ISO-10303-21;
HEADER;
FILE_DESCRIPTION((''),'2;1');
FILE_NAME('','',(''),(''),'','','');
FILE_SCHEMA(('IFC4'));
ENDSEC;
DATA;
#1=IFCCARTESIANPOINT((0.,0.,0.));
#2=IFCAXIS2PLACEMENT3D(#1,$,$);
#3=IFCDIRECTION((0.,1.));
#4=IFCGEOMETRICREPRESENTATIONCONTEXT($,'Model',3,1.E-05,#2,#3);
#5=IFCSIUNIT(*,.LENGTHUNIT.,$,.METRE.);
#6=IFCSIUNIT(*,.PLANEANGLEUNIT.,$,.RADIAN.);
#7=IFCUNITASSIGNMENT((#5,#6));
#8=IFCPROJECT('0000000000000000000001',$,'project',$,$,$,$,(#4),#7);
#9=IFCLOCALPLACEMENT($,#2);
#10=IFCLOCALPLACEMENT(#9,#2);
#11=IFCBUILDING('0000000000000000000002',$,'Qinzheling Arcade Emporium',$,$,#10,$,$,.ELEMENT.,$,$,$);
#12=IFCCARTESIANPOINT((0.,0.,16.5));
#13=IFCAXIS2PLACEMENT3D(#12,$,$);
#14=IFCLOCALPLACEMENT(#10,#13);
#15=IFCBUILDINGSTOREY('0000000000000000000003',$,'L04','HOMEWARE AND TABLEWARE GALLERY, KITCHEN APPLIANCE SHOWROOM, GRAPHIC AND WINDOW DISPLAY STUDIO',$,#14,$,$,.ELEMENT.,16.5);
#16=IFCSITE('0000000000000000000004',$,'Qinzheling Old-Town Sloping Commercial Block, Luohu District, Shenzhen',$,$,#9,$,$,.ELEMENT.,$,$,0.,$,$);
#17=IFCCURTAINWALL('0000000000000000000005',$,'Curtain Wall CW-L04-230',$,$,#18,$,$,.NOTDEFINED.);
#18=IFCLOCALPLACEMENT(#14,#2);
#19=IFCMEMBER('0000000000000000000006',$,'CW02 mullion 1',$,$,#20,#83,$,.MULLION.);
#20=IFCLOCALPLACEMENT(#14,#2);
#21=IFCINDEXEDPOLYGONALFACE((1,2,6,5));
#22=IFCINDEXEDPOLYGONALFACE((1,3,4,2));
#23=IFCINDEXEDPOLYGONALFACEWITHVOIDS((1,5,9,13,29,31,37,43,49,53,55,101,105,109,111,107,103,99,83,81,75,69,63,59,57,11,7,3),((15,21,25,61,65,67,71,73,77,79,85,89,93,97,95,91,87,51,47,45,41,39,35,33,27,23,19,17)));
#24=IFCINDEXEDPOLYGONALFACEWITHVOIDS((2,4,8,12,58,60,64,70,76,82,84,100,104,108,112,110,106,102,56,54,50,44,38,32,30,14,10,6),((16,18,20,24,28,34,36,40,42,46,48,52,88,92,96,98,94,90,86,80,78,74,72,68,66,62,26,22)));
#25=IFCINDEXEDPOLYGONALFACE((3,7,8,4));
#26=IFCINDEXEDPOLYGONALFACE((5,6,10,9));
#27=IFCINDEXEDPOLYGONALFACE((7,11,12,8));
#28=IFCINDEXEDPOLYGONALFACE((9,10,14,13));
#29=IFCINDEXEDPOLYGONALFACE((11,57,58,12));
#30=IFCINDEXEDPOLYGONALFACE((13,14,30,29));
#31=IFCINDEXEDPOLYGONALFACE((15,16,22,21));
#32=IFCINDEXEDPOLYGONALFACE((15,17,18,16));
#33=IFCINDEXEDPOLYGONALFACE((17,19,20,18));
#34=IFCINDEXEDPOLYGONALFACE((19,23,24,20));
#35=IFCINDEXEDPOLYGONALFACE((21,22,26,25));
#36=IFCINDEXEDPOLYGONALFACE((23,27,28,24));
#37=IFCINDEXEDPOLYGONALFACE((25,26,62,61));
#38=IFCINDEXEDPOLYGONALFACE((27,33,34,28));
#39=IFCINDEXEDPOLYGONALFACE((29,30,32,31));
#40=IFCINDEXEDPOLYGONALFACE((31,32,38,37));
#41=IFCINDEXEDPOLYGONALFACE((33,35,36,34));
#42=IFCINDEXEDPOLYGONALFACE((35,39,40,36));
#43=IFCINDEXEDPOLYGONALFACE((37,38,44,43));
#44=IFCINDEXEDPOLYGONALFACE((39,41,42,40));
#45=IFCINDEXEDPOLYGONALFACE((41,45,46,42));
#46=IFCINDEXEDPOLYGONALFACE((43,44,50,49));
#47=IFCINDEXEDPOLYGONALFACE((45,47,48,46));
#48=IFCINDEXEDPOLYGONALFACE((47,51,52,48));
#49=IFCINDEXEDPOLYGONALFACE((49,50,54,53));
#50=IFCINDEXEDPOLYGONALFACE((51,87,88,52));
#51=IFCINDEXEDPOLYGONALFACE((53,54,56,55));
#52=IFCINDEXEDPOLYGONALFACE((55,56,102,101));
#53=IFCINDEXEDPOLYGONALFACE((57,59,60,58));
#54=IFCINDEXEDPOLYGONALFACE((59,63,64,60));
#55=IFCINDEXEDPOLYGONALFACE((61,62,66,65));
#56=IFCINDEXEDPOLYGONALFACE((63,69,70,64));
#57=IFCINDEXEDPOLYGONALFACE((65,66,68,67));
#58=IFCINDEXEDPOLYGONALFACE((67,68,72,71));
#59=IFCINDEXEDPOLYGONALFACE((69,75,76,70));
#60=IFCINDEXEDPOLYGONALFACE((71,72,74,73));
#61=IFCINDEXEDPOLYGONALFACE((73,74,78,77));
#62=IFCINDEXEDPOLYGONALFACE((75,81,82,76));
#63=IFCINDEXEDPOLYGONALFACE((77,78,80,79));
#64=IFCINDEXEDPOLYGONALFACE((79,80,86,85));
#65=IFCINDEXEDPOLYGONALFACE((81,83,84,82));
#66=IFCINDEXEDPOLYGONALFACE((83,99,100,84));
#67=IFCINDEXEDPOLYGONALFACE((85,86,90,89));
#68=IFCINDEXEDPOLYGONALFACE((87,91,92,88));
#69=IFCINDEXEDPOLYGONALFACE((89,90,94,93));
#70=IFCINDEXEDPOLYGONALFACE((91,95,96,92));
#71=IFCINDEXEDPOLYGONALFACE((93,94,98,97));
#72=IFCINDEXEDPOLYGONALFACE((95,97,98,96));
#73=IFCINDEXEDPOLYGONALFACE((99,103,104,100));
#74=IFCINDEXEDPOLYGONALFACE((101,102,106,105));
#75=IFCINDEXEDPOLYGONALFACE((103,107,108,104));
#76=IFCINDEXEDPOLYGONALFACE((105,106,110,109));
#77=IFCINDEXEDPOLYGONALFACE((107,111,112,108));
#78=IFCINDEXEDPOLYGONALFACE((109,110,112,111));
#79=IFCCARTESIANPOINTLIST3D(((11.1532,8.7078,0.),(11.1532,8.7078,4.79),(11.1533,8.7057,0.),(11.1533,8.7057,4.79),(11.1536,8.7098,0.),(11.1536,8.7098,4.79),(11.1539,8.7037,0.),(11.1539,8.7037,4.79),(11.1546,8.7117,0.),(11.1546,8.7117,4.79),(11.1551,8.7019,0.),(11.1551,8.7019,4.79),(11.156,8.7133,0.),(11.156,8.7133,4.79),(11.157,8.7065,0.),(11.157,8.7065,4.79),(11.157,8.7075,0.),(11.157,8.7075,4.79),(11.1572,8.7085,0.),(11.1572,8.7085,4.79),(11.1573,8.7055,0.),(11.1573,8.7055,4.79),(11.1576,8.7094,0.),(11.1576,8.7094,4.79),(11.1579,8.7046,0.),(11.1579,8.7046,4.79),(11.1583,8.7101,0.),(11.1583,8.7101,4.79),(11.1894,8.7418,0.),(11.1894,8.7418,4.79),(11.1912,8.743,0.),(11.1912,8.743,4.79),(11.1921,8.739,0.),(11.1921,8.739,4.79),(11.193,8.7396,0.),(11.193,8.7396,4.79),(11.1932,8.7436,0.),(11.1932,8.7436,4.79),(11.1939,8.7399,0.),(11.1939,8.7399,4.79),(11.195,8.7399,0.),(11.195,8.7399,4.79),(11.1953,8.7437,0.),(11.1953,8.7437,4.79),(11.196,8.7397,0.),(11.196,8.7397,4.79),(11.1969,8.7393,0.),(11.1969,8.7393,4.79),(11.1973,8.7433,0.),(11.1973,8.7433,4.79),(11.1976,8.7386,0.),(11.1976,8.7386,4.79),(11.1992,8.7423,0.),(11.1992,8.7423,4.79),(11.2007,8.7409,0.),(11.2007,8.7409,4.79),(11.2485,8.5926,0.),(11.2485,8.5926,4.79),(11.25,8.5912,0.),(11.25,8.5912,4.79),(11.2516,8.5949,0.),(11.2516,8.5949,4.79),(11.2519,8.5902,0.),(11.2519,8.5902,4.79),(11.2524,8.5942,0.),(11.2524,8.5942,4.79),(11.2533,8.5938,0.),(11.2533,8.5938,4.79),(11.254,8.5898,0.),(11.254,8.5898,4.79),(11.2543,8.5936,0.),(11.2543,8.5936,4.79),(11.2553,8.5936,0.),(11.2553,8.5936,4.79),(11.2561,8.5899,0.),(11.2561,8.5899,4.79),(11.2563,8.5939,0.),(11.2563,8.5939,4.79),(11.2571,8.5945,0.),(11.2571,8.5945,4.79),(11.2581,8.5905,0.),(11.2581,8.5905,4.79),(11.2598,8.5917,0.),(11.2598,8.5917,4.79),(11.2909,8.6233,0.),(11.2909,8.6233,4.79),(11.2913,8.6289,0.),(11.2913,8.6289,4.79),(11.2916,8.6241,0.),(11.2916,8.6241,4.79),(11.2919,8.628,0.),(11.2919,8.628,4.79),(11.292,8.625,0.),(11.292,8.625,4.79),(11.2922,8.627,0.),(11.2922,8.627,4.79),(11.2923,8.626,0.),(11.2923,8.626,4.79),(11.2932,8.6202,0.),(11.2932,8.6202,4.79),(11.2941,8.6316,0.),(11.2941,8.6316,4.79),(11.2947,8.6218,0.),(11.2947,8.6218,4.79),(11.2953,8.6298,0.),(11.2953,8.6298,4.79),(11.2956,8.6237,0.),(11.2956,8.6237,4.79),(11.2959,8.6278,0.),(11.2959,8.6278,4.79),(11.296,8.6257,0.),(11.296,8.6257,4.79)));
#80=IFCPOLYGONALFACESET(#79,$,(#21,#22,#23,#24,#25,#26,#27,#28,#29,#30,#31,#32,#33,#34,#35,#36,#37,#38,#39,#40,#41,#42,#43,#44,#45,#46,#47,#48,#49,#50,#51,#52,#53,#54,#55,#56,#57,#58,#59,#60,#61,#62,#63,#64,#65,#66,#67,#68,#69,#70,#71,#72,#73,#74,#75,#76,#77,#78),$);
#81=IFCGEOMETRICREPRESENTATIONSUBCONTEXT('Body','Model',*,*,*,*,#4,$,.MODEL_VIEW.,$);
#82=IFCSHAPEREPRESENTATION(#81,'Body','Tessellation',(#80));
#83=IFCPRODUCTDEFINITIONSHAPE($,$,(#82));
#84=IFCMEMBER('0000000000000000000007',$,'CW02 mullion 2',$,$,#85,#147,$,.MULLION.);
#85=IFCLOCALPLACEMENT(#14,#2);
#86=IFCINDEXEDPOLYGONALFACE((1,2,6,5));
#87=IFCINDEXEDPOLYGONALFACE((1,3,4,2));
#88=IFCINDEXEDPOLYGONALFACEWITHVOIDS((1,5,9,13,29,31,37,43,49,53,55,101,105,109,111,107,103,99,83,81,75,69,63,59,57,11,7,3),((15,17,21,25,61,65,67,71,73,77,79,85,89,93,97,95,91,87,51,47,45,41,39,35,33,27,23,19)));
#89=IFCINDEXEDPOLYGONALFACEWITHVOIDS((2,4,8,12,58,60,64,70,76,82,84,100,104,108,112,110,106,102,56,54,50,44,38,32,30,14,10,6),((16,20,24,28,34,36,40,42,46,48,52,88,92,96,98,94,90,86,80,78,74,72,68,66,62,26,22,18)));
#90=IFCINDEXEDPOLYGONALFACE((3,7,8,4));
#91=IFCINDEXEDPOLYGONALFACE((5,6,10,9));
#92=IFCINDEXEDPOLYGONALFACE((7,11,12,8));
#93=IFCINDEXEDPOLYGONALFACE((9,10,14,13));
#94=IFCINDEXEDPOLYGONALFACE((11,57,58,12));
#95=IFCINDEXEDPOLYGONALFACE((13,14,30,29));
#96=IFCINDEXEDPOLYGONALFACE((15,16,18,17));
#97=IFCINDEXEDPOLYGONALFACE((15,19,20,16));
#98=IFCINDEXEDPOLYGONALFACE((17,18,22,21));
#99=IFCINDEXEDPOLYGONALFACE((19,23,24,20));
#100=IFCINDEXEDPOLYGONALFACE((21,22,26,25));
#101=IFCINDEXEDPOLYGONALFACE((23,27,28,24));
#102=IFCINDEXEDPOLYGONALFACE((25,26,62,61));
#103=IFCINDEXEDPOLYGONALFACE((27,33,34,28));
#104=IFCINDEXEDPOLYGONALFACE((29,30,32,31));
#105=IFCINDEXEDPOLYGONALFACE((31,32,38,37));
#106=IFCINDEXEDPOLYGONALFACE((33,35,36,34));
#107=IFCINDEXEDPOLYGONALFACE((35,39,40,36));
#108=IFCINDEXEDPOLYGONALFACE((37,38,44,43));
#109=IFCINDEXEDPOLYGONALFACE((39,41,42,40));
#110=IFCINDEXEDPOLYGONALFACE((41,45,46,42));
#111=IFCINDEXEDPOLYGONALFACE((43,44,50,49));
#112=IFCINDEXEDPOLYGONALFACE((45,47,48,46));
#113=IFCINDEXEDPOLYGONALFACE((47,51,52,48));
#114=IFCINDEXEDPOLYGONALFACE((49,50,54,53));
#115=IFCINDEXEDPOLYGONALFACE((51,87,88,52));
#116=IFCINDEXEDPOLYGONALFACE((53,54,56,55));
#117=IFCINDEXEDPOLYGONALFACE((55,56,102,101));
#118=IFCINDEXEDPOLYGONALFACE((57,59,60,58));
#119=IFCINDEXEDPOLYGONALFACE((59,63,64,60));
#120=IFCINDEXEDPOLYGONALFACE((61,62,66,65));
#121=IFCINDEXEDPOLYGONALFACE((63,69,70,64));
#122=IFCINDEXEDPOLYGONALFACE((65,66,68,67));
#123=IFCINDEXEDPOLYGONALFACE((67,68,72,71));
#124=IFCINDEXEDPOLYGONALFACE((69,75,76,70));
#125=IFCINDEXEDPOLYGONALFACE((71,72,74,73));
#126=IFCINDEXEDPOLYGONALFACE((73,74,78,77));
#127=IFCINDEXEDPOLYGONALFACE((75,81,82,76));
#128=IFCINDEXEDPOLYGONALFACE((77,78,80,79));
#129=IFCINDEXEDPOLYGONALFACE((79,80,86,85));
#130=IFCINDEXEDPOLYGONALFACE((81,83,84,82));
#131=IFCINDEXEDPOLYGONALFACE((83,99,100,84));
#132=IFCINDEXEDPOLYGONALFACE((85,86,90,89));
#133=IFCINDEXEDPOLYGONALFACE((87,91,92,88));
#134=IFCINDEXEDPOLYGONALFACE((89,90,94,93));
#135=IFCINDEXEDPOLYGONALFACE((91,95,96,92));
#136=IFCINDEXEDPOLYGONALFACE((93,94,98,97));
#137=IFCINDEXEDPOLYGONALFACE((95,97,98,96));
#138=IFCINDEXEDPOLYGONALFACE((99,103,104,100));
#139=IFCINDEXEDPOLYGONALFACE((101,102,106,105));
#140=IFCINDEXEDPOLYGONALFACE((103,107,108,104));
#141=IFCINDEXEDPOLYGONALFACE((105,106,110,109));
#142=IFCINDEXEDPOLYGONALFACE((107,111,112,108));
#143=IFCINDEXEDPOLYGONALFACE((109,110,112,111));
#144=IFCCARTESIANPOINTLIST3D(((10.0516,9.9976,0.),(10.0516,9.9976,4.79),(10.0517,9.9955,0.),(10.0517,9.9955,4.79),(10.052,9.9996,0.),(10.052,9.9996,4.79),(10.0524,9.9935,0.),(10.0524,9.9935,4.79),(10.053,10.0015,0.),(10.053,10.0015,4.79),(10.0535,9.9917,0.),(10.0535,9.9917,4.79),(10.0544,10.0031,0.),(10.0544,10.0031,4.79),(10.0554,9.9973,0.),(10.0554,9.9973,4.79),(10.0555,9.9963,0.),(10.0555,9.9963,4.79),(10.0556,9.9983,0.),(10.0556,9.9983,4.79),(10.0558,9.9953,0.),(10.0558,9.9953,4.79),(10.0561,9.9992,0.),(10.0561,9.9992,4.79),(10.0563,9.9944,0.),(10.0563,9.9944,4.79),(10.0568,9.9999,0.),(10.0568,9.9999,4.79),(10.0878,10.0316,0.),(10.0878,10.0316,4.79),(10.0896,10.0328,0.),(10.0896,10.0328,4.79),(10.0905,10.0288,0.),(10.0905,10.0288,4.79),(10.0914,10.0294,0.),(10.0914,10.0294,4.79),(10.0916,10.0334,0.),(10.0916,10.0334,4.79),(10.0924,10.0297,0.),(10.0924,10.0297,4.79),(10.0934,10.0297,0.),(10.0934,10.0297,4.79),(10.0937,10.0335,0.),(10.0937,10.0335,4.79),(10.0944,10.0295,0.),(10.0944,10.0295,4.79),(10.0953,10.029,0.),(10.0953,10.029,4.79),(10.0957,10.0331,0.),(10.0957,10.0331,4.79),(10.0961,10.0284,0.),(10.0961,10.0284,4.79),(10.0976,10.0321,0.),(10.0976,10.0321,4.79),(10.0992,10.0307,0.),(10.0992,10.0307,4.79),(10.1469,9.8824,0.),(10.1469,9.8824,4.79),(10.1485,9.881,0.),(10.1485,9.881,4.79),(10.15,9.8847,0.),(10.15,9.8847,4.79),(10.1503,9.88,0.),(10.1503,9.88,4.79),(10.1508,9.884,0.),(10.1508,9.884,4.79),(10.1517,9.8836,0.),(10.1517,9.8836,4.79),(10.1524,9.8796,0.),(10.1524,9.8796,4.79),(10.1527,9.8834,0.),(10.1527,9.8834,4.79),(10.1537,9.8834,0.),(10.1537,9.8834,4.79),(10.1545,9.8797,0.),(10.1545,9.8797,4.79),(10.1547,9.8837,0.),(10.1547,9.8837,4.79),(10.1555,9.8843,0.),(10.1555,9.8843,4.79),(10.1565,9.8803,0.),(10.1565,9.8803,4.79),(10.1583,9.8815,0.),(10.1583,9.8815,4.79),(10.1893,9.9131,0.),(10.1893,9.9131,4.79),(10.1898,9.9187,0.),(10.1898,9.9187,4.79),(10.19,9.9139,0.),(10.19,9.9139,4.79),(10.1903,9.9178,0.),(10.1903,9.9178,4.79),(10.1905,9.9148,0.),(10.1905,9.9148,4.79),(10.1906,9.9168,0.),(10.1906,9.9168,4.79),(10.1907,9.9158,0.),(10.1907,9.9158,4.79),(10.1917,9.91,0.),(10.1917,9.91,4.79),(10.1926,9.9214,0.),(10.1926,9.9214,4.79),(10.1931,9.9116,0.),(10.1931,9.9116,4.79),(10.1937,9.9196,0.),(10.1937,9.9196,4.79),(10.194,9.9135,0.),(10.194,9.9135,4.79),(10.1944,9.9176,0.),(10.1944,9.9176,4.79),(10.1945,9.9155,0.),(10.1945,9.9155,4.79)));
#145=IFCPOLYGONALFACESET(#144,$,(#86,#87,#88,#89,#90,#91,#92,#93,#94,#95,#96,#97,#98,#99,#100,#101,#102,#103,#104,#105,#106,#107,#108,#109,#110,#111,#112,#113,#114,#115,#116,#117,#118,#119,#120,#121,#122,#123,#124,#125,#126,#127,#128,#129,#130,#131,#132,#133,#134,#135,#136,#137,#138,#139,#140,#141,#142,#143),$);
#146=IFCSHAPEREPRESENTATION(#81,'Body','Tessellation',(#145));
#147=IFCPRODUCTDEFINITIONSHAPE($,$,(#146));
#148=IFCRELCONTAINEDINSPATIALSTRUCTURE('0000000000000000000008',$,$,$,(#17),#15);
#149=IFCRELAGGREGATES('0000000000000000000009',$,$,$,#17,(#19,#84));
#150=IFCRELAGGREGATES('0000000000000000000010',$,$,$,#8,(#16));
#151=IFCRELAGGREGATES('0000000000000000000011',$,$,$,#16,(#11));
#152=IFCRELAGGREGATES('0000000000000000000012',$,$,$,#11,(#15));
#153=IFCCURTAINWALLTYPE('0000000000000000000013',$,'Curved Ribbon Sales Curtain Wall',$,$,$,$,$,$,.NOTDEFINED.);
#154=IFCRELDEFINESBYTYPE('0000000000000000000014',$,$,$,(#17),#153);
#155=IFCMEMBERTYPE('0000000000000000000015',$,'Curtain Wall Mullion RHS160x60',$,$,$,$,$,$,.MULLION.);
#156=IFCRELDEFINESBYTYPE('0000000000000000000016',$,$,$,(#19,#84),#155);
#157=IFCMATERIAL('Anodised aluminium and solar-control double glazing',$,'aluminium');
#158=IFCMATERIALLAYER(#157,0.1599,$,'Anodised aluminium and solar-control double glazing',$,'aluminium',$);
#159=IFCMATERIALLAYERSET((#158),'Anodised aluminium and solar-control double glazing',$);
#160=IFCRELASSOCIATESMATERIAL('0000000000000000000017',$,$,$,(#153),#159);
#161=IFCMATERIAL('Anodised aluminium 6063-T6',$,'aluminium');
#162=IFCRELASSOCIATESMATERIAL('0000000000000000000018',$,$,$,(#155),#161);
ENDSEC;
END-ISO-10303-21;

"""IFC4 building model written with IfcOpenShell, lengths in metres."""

from ifc_helpers import new_model, si_unit, direction, frame, origin, origin_2d, place, context, subcontext, project, spatial, hollow_rectangle, extrude, material, layer, layer_set, material_profile, profile_set, type_object, element, aggregate, save


model = new_model("IFC4")

# Units and contexts
model_context = context("Model", 3, precision=1e-05, world=origin(), true_north=direction((0.0, 1.0)))
body_context = subcontext(model_context, "Body", "Model", "MODEL_VIEW")
ifc_project = project(units=[si_unit("LENGTHUNIT", "METRE"), si_unit("PLANEANGLEUNIT", "RADIAN")], contexts=[model_context])

# Site, building, storey
site_placement = place(None, origin())
site = spatial("IfcSite", under=ifc_project, at=site_placement, Name="Qinzheling Old-Town Sloping Commercial Block, Luohu District, Shenzhen", CompositionType="ELEMENT", RefElevation=0.0)
building_placement = place(site_placement, origin())
building = spatial("IfcBuilding", under=site, at=building_placement, Name="Qinzheling Arcade Emporium", CompositionType="ELEMENT")
storey_placement = place(building_placement, frame((0.0, 0.0, 16.5)))
storey = spatial("IfcBuildingStorey", under=building, at=storey_placement, Name="L04", Description="HOMEWARE AND TABLEWARE GALLERY, KITCHEN APPLIANCE SHOWROOM, GRAPHIC AND WINDOW DISPLAY STUDIO", CompositionType="ELEMENT", Elevation=16.5)

# Shared definitions
ifc_material_1 = material(Name="Anodised aluminium and solar-control double glazing", Category="aluminium")
ifc_layer_1 = layer(ifc_material_1, 0.1599, Name="Anodised aluminium and solar-control double glazing", Category="aluminium")
ifc_layer_set_1 = layer_set([ifc_layer_1], Name="Anodised aluminium and solar-control double glazing")
curtain_wall_type = type_object("IfcCurtainWallType", Name="Curved Ribbon Sales Curtain Wall", PredefinedType="NOTDEFINED", material=ifc_layer_set_1)
ifc_material_2 = material(Name="Anodised aluminium 6063-T6", Category="aluminium")
ifc_material_profile_1 = material_profile(ifc_material_2, hollow_rectangle(XDim=0.0601, YDim=0.1599, WallThickness=0.0039, InnerFilletRadius=0.0039, OuterFilletRadius=0.0081, at=origin_2d()), Name="RHS 160x60x4", Category="aluminium")
ifc_profile_set_1 = profile_set([ifc_material_profile_1], Name="Anodised aluminium 6063-T6")
member_type_1 = type_object("IfcMemberType", Name="Curtain Wall Mullion RHS160x60", PredefinedType="MULLION", material=ifc_profile_set_1)

# Curtain wall, members
curtain_wall_1_placement = place(storey_placement, origin())
curtain_wall_1 = element("IfcCurtainWall", 1, at=curtain_wall_1_placement, inside=storey, type_object=curtain_wall_type, Name="Curtain Wall CW-L04-230", PredefinedType="NOTDEFINED")
member_1_placement = place(storey_placement, frame((11.2246, 8.6667, 0.0), z_axis=(0.0, 0.0, 1.0), x_axis=(-0.760401, -0.649454, 0.0)))
member_1 = element("IfcMember", 2, at=member_1_placement, type_object=member_type_1, Name="CW02 mullion 1", PredefinedType="MULLION", context=body_context, shape_type="SweptSolid", body=[
    extrude(hollow_rectangle(XDim=0.0601, YDim=0.1599, WallThickness=0.0039, InnerFilletRadius=0.0039, OuterFilletRadius=0.0081, at=origin_2d()), origin(), (0.0, 0.0, 1.0), 4.79),
])
member_2_placement = place(storey_placement, frame((10.123, 9.9565, 0.0), z_axis=(0.0, 0.0, 1.0), x_axis=(-0.760401, -0.649454, 0.0)))
member_2 = element("IfcMember", 3, at=member_2_placement, type_object=member_type_1, Name="CW02 mullion 2", PredefinedType="MULLION", context=body_context, shape_type="SweptSolid", body=[
    extrude(hollow_rectangle(XDim=0.0601, YDim=0.1599, WallThickness=0.0039, InnerFilletRadius=0.0039, OuterFilletRadius=0.0081, at=origin_2d()), origin(), (0.0, 0.0, 1.0), 4.79),
])

aggregate(curtain_wall_1, [member_1, member_2])

save(model, "model.ifc")
